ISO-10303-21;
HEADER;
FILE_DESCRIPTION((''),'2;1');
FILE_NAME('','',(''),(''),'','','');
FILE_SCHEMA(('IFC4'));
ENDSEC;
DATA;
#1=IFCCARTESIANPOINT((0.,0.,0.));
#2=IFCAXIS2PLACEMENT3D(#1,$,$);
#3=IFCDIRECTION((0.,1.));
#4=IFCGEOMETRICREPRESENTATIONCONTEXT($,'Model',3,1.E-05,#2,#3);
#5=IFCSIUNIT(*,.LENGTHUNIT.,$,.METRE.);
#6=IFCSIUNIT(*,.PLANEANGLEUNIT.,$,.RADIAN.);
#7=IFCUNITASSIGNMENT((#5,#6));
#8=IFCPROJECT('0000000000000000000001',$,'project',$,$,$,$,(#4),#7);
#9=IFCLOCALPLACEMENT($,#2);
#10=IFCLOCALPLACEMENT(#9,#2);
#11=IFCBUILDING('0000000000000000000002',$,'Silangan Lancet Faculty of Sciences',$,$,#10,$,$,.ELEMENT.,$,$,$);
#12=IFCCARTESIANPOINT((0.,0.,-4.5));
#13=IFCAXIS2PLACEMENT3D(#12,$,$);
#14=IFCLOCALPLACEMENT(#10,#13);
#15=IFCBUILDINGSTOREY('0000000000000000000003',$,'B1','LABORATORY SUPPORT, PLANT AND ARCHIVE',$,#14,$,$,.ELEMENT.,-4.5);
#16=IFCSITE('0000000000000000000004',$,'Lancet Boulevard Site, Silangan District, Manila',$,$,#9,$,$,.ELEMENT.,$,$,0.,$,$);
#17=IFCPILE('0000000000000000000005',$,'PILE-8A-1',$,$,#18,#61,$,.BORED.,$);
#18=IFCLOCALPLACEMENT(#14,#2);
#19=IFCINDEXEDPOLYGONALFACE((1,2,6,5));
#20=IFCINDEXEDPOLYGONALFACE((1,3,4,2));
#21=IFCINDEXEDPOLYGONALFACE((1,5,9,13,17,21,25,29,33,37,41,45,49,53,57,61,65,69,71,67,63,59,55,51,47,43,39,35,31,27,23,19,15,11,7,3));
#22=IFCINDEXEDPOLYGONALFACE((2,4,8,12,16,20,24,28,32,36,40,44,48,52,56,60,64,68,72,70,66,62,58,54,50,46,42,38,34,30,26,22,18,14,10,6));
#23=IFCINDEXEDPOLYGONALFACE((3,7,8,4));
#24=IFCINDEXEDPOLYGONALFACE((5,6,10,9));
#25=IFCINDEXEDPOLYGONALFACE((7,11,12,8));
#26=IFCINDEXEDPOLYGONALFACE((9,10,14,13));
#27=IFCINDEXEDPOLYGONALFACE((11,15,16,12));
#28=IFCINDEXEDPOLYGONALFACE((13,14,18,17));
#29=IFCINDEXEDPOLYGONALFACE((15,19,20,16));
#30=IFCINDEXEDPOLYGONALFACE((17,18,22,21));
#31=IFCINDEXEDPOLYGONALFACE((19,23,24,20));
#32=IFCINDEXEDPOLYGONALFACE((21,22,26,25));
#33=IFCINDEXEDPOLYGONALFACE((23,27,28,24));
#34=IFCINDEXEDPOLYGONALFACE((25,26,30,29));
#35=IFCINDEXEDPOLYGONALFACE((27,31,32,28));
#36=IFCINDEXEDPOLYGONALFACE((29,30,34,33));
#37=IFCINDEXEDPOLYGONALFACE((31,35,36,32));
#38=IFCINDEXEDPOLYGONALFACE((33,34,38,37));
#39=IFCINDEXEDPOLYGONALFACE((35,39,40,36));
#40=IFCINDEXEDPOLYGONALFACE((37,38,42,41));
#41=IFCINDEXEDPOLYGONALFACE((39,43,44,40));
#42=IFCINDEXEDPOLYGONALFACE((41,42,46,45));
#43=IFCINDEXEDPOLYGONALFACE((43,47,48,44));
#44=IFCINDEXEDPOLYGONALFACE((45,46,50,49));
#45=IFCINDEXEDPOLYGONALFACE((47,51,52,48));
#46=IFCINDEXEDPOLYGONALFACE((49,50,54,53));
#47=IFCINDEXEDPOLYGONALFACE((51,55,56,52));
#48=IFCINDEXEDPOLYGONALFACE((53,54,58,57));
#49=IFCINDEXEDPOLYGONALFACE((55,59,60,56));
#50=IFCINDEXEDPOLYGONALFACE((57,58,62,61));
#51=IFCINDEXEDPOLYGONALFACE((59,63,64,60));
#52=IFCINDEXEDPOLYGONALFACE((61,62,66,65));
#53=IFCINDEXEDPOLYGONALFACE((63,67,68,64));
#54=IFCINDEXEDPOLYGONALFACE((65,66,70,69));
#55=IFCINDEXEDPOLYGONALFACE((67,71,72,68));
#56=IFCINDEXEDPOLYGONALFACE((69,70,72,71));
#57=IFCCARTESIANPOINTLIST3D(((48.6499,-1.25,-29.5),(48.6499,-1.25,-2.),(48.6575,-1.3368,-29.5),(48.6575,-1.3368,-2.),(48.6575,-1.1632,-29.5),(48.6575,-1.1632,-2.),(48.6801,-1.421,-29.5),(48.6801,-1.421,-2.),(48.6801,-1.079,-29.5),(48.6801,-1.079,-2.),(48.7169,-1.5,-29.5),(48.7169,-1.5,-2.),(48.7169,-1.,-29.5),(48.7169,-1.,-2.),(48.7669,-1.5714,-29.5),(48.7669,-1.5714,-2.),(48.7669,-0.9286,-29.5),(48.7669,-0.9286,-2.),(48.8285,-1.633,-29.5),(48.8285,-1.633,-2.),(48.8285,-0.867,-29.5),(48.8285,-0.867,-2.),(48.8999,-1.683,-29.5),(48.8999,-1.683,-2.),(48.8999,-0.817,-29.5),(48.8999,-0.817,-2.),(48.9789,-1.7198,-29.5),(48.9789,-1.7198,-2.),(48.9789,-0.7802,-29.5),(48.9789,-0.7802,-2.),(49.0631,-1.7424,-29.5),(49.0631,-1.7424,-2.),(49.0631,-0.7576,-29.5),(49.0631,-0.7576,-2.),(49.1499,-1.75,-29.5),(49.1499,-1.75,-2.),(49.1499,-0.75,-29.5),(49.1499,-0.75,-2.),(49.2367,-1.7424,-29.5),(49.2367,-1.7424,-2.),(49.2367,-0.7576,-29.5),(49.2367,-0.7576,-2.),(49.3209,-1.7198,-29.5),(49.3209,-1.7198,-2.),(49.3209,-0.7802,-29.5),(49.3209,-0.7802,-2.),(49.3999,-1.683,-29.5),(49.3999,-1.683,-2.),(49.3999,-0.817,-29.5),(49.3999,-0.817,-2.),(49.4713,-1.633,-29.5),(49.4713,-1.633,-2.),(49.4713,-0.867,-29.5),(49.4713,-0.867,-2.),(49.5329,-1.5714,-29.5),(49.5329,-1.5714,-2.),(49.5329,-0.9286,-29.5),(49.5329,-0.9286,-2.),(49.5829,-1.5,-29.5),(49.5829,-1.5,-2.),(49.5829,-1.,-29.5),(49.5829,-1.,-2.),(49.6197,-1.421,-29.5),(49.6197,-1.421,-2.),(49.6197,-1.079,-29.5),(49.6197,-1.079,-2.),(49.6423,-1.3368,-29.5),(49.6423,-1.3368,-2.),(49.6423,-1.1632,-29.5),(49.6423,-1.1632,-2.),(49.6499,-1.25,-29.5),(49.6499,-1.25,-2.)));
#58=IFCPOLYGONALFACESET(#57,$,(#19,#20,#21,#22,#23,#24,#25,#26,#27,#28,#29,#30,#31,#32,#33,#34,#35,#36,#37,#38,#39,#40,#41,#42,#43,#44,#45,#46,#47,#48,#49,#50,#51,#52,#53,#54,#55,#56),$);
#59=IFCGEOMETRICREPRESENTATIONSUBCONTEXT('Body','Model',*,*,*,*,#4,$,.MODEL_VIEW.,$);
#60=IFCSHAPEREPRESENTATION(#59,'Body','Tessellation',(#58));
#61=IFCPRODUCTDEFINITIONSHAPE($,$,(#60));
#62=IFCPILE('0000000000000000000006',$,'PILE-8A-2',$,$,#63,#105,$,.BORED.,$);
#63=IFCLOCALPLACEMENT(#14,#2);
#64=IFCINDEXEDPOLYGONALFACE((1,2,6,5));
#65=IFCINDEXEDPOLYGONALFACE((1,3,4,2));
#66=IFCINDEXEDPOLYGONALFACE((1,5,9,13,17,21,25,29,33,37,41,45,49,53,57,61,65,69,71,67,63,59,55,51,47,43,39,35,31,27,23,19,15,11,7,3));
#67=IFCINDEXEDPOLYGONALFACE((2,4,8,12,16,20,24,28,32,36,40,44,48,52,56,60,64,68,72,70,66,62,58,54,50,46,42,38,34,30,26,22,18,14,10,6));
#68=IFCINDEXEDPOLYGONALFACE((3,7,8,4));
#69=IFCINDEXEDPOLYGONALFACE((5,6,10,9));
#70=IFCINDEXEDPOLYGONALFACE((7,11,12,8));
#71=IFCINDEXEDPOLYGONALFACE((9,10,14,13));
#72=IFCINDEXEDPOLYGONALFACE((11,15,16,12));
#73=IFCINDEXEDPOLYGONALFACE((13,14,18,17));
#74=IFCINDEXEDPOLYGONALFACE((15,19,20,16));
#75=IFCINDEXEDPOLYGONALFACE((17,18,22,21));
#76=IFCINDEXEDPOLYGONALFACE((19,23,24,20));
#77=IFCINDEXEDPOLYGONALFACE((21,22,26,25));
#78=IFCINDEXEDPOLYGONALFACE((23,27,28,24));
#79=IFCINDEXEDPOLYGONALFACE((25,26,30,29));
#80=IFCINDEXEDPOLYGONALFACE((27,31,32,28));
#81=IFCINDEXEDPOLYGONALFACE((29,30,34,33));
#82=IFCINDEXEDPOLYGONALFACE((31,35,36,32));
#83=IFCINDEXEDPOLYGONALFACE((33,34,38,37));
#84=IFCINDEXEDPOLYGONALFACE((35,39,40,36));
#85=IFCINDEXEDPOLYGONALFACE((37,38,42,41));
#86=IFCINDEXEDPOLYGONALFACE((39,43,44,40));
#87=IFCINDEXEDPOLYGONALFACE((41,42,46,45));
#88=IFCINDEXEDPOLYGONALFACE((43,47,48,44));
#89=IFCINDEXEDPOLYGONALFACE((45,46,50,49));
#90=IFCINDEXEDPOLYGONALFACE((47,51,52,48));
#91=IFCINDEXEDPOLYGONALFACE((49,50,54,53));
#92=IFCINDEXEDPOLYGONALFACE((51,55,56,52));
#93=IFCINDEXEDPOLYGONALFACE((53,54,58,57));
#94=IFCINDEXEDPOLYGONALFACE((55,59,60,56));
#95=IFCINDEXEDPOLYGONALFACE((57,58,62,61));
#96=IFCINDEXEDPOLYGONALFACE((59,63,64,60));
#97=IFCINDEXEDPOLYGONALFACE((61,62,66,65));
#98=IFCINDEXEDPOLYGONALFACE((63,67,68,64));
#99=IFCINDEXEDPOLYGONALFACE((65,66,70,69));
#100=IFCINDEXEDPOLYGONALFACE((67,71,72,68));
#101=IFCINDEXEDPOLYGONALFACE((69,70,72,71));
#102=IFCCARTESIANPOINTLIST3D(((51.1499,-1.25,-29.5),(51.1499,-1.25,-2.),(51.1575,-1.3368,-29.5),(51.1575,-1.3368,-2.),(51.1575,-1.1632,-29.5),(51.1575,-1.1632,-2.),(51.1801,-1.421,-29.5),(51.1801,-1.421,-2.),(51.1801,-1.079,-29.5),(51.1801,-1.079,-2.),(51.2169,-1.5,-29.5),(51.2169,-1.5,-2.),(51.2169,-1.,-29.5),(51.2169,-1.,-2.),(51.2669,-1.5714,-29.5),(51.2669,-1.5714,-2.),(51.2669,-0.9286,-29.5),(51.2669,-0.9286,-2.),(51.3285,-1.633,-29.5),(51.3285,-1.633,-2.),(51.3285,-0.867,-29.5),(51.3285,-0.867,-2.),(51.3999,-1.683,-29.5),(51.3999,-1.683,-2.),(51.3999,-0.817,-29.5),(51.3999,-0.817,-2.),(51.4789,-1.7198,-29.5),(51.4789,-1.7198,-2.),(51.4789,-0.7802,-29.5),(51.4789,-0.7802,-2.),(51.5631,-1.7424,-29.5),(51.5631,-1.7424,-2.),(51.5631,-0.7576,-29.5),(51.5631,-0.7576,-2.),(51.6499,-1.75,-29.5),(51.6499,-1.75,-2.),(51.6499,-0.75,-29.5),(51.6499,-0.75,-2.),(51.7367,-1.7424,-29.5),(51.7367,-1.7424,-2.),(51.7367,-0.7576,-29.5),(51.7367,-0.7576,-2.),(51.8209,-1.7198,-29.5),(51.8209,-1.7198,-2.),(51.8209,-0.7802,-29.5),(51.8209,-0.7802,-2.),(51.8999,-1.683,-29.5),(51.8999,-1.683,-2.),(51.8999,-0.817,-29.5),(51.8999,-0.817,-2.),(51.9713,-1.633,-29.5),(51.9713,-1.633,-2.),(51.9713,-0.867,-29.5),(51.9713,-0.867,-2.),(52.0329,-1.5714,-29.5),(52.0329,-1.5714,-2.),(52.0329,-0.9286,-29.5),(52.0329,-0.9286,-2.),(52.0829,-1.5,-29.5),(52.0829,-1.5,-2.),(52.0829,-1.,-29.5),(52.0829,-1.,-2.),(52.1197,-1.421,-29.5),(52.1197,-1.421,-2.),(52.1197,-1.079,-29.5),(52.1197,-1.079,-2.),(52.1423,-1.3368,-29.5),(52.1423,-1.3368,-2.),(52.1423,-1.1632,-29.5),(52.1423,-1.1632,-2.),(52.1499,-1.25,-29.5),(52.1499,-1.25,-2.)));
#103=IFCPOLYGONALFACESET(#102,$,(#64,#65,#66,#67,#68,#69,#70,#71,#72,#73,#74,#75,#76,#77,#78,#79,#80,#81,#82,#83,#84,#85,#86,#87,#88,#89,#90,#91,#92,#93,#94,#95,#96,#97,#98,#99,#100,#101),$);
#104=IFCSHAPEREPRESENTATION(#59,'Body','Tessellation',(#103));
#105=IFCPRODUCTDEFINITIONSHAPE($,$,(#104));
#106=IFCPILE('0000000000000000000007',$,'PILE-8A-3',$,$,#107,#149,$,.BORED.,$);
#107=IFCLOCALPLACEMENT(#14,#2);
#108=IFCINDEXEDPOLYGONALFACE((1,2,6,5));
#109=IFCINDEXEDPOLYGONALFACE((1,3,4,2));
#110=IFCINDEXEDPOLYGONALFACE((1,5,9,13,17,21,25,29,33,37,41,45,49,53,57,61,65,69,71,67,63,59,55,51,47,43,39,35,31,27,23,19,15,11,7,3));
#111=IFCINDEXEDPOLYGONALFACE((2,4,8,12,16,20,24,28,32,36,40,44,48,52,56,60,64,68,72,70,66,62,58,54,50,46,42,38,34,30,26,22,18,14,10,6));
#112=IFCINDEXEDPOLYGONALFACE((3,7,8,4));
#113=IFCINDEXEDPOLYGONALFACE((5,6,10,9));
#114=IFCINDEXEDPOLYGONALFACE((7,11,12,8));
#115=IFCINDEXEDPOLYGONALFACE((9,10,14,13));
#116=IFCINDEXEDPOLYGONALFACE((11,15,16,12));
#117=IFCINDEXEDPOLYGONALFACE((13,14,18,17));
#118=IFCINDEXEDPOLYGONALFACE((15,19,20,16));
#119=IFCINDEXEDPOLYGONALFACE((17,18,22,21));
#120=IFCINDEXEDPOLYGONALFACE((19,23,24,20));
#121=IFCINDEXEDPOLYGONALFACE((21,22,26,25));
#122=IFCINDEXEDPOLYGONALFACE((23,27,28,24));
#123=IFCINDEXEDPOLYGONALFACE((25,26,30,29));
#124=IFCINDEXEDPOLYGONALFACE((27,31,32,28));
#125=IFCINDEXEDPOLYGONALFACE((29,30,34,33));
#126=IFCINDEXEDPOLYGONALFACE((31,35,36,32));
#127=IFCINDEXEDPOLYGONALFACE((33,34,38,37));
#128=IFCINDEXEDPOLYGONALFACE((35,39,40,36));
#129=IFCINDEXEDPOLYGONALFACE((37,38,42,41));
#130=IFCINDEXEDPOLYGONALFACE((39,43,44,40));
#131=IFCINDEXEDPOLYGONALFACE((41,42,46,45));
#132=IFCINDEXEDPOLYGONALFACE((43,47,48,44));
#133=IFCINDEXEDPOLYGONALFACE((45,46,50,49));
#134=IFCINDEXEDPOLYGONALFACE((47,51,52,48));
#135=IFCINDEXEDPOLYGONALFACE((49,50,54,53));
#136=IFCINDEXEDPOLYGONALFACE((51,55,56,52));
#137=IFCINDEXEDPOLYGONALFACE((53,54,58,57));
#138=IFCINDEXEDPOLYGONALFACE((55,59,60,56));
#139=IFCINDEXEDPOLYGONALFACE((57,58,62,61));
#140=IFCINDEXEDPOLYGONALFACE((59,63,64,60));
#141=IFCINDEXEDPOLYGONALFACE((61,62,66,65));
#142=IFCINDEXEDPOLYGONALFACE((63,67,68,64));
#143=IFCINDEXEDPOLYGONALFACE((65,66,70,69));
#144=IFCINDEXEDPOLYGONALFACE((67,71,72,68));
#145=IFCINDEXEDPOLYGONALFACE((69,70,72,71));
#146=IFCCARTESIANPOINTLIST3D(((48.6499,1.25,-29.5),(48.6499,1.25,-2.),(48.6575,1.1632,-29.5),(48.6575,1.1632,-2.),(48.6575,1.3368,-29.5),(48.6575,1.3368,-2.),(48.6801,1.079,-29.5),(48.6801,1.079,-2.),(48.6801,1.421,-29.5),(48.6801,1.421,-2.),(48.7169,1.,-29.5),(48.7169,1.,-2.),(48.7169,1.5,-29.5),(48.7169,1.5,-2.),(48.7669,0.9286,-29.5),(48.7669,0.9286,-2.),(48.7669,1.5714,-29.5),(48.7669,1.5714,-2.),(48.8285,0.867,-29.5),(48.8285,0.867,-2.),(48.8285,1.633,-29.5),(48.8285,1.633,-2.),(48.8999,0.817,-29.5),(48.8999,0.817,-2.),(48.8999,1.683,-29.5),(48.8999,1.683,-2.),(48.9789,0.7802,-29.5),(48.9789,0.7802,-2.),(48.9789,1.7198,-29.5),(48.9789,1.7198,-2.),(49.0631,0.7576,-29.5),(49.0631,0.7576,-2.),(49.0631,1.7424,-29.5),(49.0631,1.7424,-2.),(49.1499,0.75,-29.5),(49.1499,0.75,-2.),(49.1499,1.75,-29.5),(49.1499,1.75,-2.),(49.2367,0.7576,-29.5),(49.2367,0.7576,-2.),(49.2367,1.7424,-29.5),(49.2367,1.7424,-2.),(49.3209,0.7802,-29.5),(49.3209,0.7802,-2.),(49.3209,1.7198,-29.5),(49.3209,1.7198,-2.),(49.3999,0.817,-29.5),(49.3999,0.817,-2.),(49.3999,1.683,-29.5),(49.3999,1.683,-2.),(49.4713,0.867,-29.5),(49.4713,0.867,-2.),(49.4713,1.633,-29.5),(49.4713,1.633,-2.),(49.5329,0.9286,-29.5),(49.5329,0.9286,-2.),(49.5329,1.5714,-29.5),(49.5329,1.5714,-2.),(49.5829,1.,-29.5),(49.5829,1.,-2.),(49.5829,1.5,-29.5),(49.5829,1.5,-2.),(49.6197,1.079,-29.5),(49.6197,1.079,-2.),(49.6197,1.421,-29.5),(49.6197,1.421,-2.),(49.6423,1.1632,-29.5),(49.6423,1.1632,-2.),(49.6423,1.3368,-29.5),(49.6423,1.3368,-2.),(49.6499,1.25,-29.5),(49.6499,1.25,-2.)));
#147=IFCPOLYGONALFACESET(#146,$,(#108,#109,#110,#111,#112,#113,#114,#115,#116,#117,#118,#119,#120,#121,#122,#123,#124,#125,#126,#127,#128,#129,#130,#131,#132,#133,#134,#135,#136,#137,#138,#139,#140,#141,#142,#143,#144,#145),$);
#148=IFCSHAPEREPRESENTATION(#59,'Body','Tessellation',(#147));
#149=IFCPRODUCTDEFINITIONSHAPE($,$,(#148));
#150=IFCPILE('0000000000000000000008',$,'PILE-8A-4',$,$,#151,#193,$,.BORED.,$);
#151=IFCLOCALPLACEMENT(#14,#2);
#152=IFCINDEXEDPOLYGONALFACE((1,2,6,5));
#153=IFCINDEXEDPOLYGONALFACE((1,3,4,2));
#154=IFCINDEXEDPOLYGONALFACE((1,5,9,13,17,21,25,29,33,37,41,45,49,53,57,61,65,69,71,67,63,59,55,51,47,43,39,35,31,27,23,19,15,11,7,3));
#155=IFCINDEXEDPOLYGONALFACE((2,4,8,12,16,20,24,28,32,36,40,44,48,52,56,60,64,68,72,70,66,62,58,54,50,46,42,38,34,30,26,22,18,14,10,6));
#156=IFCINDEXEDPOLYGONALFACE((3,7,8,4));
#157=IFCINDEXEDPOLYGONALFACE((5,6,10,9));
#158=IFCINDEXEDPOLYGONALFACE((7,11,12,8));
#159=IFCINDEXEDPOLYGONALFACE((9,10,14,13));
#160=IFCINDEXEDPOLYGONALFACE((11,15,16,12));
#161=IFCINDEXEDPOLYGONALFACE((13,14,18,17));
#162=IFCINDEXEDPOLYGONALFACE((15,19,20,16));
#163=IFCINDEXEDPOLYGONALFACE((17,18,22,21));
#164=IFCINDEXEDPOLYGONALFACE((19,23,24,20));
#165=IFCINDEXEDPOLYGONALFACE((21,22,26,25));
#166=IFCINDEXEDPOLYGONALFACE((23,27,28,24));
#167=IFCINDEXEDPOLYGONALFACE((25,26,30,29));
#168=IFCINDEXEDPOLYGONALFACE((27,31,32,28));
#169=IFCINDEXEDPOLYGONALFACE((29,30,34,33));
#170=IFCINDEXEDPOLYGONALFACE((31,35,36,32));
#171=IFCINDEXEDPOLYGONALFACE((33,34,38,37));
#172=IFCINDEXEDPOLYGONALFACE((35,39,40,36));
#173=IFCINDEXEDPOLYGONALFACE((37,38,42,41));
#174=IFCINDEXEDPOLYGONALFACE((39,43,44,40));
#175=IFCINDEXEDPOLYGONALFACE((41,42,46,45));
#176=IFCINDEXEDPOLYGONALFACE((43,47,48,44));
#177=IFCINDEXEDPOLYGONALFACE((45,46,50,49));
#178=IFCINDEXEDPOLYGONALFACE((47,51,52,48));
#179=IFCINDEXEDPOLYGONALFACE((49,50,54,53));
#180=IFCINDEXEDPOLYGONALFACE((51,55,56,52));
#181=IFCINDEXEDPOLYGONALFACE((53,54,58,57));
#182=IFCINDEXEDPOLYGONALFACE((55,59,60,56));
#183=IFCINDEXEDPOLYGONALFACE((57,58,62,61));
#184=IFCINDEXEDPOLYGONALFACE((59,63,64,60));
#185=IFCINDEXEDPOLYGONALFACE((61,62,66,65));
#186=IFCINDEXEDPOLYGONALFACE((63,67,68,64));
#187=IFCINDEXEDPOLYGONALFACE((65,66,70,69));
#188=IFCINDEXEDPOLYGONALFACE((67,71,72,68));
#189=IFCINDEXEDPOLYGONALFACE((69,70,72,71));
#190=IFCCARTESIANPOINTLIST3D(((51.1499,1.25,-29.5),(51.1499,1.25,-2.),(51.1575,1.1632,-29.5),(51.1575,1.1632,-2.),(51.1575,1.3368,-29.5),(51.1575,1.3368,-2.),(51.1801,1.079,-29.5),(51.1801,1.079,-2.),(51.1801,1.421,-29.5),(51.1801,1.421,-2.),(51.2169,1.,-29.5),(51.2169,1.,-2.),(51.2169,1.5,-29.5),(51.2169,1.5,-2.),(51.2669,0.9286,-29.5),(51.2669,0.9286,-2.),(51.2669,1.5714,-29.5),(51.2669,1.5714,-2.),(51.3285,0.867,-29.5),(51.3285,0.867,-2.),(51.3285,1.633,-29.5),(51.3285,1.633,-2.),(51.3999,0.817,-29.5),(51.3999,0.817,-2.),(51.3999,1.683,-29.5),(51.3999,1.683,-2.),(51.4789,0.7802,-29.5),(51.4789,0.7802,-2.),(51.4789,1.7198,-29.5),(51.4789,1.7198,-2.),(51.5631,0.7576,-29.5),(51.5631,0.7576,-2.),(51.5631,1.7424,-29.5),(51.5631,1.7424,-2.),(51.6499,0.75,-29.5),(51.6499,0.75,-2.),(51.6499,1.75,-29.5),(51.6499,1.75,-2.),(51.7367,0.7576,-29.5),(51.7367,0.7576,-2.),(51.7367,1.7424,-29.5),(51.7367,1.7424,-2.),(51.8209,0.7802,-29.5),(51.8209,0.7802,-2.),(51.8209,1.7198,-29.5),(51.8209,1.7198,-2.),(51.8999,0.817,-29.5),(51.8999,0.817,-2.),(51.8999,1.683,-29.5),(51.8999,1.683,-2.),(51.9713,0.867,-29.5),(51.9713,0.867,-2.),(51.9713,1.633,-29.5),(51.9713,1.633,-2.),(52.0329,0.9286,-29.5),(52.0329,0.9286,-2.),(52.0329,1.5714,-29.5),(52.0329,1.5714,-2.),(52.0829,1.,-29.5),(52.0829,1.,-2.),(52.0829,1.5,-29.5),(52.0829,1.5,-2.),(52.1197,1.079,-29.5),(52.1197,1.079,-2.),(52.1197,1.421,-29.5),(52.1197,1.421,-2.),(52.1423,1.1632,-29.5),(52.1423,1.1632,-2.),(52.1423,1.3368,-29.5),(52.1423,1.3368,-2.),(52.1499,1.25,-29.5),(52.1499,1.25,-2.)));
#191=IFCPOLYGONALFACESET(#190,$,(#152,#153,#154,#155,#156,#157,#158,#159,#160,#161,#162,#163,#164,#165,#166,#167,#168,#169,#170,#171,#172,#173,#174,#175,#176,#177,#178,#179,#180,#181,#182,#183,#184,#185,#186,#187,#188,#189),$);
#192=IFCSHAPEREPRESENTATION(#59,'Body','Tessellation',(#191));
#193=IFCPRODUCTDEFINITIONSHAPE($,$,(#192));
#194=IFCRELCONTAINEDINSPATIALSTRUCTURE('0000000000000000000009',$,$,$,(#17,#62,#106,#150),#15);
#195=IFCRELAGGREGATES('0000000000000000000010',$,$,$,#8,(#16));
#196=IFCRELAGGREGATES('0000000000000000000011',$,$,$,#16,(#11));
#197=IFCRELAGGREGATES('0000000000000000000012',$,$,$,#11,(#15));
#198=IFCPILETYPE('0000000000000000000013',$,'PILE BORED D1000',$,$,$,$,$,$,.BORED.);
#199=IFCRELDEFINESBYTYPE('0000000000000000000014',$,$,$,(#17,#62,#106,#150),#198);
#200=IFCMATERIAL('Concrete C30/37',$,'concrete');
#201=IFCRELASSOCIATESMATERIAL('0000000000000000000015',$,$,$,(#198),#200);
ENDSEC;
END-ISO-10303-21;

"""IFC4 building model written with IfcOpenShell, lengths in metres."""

from ifc_helpers import new_model, si_unit, direction, frame, origin, origin_2d, place, context, subcontext, project, spatial, circle, extrude, material, material_profile, profile_set, type_object, element, save


model = new_model("IFC4")

# Units and contexts
model_context = context("Model", 3, precision=1e-05, world=origin(), true_north=direction((0.0, 1.0)))
body_context = subcontext(model_context, "Body", "Model", "MODEL_VIEW")
ifc_project = project(units=[si_unit("LENGTHUNIT", "METRE"), si_unit("PLANEANGLEUNIT", "RADIAN")], contexts=[model_context])

# Site, building, storey
site_placement = place(None, origin())
site = spatial("IfcSite", under=ifc_project, at=site_placement, Name="Lancet Boulevard Site, Silangan District, Manila", CompositionType="ELEMENT", RefElevation=0.0)
building_placement = place(site_placement, origin())
building = spatial("IfcBuilding", under=site, at=building_placement, Name="Silangan Lancet Faculty of Sciences", CompositionType="ELEMENT")
storey_placement = place(building_placement, frame((0.0, 0.0, -4.5)))
storey = spatial("IfcBuildingStorey", under=building, at=storey_placement, Name="B1", Description="LABORATORY SUPPORT, PLANT AND ARCHIVE", CompositionType="ELEMENT", Elevation=-4.5)

# Piles
ifc_material_1 = material(Name="Concrete C30/37", Category="concrete")
ifc_material_profile_1 = material_profile(ifc_material_1, circle(Radius=0.5, at=origin_2d()), Name="BORED PILE D1000")
ifc_profile_set_1 = profile_set([ifc_material_profile_1], Name="Concrete C30/37")
pile_type = type_object("IfcPileType", Name="PILE BORED D1000", PredefinedType="BORED", material=ifc_profile_set_1)
for number, where, z_axis, x_axis, name in (
    (1, (49.1499, -1.25, -2.0), (0.0, 0.0, -1.0), (1.0, 0.0, 0.0), "PILE-8A-1"),
    (2, (51.6499, -1.25, -2.0), (0.0, 0.0, -1.0), (1.0, 0.0, 0.0), "PILE-8A-2"),
    (3, (49.1499, 1.25, -2.0), (0.0, 0.0, -1.0), (1.0, 0.0, 0.0), "PILE-8A-3"),
    (4, (51.6499, 1.25, -2.0), (0.0, 0.0, -1.0), (1.0, 0.0, 0.0), "PILE-8A-4"),
):
    element("IfcPile", number, at=place(storey_placement, frame(where, z_axis=z_axis, x_axis=x_axis)), inside=storey, type_object=pile_type, Name=name, PredefinedType="BORED", context=body_context, shape_type="SweptSolid", body=[
        extrude(circle(Radius=0.5, at=origin_2d()), origin(), (0.0, 0.0, 1.0), 27.5),
    ])

save(model, "model.ifc")
